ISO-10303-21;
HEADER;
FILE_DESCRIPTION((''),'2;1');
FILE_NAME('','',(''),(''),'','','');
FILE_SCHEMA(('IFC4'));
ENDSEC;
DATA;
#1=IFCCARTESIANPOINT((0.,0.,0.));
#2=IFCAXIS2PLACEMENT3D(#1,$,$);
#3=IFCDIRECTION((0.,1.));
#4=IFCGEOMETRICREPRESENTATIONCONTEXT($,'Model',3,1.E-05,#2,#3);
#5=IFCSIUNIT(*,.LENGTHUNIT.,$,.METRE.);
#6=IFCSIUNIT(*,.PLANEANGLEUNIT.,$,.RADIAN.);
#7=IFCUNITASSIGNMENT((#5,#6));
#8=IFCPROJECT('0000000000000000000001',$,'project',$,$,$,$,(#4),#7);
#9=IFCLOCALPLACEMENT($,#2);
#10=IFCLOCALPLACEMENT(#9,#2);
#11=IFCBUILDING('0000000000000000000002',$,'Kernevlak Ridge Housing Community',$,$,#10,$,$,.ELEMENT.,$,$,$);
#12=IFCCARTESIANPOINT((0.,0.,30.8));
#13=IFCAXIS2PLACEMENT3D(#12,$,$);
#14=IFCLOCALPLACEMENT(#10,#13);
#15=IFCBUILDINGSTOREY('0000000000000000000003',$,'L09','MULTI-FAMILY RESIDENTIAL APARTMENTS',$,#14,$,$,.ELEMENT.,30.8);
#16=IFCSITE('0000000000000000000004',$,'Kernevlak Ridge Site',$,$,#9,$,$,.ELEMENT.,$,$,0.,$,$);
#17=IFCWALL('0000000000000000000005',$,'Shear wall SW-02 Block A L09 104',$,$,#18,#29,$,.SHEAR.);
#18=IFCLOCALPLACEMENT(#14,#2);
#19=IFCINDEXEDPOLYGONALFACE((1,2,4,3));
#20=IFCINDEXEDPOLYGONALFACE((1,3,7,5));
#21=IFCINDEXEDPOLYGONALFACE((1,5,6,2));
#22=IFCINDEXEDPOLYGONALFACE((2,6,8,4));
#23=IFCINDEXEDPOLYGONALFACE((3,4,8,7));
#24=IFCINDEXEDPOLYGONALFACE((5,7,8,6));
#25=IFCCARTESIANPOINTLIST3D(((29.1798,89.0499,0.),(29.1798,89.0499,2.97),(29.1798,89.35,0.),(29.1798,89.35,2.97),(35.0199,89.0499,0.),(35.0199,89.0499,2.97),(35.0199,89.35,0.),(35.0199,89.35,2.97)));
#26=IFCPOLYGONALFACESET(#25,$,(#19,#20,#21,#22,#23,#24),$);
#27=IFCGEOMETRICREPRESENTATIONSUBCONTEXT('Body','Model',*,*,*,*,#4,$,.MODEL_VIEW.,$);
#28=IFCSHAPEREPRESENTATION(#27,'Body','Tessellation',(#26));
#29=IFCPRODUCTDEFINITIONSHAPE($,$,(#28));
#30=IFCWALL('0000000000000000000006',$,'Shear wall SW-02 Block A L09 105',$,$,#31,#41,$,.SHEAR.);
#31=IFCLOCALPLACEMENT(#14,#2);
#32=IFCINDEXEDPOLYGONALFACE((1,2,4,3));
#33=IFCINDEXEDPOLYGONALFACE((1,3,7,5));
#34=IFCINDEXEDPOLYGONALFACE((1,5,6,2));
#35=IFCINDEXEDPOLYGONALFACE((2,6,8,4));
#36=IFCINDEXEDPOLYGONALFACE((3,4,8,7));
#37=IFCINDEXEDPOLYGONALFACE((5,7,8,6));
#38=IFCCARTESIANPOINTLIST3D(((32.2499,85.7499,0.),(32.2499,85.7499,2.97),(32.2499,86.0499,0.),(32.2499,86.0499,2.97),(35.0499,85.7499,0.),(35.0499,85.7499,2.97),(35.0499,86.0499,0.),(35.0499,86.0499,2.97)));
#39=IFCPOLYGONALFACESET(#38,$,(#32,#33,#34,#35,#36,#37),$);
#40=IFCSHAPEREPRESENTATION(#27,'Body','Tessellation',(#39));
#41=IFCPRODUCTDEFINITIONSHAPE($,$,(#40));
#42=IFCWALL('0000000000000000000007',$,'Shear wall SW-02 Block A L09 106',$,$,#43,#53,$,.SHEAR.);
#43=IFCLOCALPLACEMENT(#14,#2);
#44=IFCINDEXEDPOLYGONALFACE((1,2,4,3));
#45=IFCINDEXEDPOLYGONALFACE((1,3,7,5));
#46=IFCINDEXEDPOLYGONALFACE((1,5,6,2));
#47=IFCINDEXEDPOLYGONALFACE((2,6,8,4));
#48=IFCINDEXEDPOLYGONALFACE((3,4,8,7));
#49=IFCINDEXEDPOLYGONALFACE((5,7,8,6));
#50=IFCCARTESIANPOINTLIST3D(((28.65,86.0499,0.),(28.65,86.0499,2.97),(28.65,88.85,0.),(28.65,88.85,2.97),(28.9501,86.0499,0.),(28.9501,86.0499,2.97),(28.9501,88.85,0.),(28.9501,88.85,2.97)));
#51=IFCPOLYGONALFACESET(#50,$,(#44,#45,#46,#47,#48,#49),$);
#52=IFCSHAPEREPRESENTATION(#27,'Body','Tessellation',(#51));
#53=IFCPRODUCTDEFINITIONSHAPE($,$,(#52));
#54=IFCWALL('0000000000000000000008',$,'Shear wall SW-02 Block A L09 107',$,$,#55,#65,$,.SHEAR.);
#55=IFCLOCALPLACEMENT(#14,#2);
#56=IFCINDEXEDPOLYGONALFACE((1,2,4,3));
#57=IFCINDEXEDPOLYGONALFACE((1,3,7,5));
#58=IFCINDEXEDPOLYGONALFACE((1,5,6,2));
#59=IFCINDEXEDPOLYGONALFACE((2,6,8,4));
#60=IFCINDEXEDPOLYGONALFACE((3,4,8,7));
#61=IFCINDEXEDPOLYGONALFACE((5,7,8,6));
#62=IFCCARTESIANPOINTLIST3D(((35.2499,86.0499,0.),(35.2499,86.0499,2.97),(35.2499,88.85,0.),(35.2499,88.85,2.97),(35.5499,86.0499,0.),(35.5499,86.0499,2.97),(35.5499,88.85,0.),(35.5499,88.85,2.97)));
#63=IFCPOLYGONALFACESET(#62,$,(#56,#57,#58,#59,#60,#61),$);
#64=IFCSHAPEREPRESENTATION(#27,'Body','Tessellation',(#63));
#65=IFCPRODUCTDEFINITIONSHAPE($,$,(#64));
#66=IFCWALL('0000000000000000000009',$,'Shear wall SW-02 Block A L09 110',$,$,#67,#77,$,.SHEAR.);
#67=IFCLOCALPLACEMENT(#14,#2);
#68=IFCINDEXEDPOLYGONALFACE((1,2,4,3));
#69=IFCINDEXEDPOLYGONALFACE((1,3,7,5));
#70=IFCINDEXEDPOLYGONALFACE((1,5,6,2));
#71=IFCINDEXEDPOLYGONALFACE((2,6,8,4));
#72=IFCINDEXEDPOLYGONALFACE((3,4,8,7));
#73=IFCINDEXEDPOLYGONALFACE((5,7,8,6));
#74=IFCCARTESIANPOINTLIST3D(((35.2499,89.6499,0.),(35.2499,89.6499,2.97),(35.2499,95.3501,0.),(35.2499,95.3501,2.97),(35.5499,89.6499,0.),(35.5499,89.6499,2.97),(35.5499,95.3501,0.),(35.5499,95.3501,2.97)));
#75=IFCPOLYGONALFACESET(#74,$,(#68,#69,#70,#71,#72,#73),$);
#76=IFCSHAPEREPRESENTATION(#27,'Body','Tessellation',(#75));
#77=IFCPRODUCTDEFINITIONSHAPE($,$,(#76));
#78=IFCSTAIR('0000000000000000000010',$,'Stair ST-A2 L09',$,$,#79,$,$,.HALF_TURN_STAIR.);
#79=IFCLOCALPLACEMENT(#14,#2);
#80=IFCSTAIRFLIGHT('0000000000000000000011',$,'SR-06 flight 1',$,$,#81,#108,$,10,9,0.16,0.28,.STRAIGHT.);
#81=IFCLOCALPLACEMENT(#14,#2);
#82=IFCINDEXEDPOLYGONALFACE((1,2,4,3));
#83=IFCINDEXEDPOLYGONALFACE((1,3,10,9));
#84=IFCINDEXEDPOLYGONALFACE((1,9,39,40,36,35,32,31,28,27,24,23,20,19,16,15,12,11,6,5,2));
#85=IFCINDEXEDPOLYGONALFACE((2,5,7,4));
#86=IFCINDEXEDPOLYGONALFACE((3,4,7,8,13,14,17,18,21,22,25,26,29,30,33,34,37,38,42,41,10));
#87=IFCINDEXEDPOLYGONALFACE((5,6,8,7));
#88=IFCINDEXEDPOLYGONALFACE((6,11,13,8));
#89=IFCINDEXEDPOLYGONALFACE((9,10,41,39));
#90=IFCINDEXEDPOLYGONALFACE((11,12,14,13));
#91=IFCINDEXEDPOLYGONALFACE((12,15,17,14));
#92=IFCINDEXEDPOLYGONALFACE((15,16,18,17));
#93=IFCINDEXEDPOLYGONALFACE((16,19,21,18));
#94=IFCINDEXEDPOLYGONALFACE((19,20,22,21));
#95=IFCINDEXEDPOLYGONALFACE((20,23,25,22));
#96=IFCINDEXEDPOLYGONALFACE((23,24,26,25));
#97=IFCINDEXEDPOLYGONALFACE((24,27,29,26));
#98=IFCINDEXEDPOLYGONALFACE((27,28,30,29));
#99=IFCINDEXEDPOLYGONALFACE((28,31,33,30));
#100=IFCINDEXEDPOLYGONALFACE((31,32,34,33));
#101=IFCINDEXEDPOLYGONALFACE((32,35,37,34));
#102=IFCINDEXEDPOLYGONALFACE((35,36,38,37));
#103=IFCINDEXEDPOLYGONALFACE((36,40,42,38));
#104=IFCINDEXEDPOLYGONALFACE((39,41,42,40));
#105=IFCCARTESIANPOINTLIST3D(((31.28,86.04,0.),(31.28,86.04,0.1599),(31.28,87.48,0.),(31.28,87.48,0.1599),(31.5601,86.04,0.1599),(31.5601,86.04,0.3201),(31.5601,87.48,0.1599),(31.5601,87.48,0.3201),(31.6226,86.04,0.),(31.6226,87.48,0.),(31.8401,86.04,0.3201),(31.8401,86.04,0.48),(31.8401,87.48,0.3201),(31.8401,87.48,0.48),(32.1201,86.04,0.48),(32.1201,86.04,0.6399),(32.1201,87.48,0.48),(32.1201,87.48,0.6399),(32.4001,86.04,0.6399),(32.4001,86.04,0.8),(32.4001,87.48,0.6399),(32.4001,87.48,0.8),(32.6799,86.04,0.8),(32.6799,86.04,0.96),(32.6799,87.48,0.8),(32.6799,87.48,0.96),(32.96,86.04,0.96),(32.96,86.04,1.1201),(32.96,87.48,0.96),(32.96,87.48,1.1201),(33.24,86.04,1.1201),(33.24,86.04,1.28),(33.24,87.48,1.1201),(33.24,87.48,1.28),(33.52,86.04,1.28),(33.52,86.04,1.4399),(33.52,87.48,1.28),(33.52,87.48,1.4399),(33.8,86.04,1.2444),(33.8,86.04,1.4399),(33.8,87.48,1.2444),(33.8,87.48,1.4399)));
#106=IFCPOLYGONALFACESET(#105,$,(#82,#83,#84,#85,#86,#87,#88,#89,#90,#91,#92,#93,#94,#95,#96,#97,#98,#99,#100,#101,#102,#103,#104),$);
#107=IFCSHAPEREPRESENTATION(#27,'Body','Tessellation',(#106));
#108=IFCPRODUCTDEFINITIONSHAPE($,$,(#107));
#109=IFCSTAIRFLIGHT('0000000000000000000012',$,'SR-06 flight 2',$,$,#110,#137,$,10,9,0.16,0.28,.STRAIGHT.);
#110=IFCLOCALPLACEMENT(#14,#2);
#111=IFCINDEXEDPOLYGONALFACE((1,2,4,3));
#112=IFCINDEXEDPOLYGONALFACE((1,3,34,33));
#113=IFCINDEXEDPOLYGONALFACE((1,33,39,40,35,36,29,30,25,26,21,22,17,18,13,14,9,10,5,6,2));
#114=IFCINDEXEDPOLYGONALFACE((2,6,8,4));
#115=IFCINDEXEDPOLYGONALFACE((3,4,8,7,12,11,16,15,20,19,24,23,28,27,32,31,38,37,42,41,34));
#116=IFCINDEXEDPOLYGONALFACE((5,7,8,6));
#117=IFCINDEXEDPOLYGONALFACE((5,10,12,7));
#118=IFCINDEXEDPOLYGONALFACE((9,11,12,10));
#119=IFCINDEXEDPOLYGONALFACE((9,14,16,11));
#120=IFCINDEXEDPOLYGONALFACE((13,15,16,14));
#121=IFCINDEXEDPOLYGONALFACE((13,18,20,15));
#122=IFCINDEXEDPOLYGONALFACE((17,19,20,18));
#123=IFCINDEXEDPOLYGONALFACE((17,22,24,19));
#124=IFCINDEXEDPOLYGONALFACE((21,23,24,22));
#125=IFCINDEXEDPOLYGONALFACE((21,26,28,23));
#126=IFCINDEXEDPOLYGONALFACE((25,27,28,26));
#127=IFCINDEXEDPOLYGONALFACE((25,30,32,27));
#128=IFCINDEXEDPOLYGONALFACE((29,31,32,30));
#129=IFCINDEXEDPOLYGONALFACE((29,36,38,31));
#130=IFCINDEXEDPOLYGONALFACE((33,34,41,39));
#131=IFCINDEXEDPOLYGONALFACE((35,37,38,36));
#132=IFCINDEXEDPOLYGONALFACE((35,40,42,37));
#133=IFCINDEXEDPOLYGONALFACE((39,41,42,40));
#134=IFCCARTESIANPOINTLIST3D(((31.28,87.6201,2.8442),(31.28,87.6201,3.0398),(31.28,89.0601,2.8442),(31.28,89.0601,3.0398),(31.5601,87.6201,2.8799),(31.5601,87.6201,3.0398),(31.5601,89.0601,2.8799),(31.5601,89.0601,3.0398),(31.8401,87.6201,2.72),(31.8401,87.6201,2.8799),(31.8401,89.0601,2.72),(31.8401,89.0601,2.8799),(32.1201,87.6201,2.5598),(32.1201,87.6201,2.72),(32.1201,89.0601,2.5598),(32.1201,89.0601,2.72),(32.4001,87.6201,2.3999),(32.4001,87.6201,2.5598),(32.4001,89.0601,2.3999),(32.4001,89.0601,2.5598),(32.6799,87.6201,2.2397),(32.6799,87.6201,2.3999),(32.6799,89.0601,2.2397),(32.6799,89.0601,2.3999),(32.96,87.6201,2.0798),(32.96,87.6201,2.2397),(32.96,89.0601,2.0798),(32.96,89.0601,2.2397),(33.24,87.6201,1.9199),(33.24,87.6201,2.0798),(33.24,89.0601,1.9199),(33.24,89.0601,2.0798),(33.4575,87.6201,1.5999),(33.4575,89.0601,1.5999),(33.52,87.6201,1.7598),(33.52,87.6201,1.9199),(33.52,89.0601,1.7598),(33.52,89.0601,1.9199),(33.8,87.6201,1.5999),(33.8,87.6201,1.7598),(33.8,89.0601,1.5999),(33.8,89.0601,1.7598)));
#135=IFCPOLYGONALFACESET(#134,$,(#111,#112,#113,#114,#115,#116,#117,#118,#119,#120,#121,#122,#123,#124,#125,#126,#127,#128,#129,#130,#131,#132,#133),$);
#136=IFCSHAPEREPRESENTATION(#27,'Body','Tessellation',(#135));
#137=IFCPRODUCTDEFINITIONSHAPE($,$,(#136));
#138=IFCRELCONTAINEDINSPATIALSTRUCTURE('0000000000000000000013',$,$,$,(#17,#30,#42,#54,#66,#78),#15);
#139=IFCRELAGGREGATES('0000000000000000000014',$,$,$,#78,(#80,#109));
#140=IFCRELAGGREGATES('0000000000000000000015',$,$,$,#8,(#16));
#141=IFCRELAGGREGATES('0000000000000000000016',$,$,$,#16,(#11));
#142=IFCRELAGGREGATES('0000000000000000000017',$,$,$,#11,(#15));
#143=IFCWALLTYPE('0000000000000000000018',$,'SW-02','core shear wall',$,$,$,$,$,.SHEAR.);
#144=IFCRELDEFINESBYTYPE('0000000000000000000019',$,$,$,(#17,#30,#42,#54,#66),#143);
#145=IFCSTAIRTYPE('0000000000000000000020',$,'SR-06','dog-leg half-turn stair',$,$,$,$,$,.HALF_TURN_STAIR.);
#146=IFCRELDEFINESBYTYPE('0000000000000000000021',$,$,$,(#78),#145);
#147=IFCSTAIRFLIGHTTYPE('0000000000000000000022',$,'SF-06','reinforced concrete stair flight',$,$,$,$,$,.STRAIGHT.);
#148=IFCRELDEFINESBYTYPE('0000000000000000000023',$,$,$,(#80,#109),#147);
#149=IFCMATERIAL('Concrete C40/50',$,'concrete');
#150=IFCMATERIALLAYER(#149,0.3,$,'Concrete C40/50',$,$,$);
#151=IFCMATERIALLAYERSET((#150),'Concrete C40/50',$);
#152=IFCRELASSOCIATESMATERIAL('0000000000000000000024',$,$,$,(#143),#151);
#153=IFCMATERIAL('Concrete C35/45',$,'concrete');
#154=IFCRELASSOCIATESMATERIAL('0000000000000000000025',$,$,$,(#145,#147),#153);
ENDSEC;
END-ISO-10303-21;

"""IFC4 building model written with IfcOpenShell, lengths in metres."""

from ifc_helpers import new_model, si_unit, direction, frame, frame_2d, origin, place, context, subcontext, project, spatial, polyline, rectangle, outline, extrude, material, layer, layer_set, type_object, element, aggregate, save


model = new_model("IFC4")

# Units and contexts
model_context = context("Model", 3, precision=1e-05, world=origin(), true_north=direction((0.0, 1.0)))
body_context = subcontext(model_context, "Body", "Model", "MODEL_VIEW")
ifc_project = project(units=[si_unit("LENGTHUNIT", "METRE"), si_unit("PLANEANGLEUNIT", "RADIAN")], contexts=[model_context])

# Site, building, storey
site_placement = place(None, origin())
site = spatial("IfcSite", under=ifc_project, at=site_placement, Name="Kernevlak Ridge Site", CompositionType="ELEMENT", RefElevation=0.0)
building_placement = place(site_placement, origin())
building = spatial("IfcBuilding", under=site, at=building_placement, Name="Kernevlak Ridge Housing Community", CompositionType="ELEMENT")
storey_placement = place(building_placement, frame((0.0, 0.0, 30.8)))
storey = spatial("IfcBuildingStorey", under=building, at=storey_placement, Name="L09", Description="MULTI-FAMILY RESIDENTIAL APARTMENTS", CompositionType="ELEMENT", Elevation=30.8)

# Shared definitions
ifc_material_1 = material(Name="Concrete C40/50", Category="concrete")

# Shared definitions
ifc_material_2 = material(Name="Concrete C35/45", Category="concrete")

# Walls
ifc_layer_1 = layer(ifc_material_1, 0.3, Name="Concrete C40/50")
ifc_layer_set_1 = layer_set([ifc_layer_1], Name="Concrete C40/50")
wall_type_1 = type_object("IfcWallType", Name="SW-02", Description="core shear wall", PredefinedType="SHEAR", material=ifc_layer_set_1)
wall_1_placement = place(storey_placement, frame((29.1799, 89.2, 0.0), z_axis=(0.0, 0.0, 1.0), x_axis=(1.0, 0.0, 0.0)))
element("IfcWall", 1, at=wall_1_placement, inside=storey, type_object=wall_type_1, Name="Shear wall SW-02 Block A L09 104", PredefinedType="SHEAR", context=body_context, shape_type="SweptSolid", body=[
    extrude(rectangle(XDim=5.8401, YDim=0.3, at=frame_2d((2.9199, 0.0))), origin(), (0.0, 0.0, 1.0), 2.97),
])
for number, where, z_axis, x_axis, name in (
    (2, (32.25, 85.8999, 0.0), (0.0, 0.0, 1.0), (1.0, 0.0, 0.0), "Shear wall SW-02 Block A L09 105"),
    (3, (28.8, 86.05, 0.0), (0.0, 0.0, 1.0), (0.0, 1.0, 0.0), "Shear wall SW-02 Block A L09 106"),
    (4, (35.3999, 86.05, 0.0), (0.0, 0.0, 1.0), (0.0, 1.0, 0.0), "Shear wall SW-02 Block A L09 107"),
):
    element("IfcWall", number, at=place(storey_placement, frame(where, z_axis=z_axis, x_axis=x_axis)), inside=storey, type_object=wall_type_1, Name=name, PredefinedType="SHEAR", context=body_context, shape_type="SweptSolid", body=[
        extrude(rectangle(XDim=2.8, YDim=0.3, at=frame_2d((1.3999, 0.0))), origin(), (0.0, 0.0, 1.0), 2.97),
    ])
wall_2_placement = place(storey_placement, frame((35.3999, 89.6499, 0.0), z_axis=(0.0, 0.0, 1.0), x_axis=(0.0, 1.0, 0.0)))
element("IfcWall", 5, at=wall_2_placement, inside=storey, type_object=wall_type_1, Name="Shear wall SW-02 Block A L09 110", PredefinedType="SHEAR", context=body_context, shape_type="SweptSolid", body=[
    extrude(rectangle(XDim=5.7002, YDim=0.3, at=frame_2d((2.8501, 0.0))), origin(), (0.0, 0.0, 1.0), 2.97),
])

# Stair, stair flights
stair_type = type_object("IfcStairType", Name="SR-06", Description="dog-leg half-turn stair", PredefinedType="HALF_TURN_STAIR", material=ifc_material_2)
stair_placement = place(storey_placement, origin())
stair = element("IfcStair", 6, at=stair_placement, inside=storey, type_object=stair_type, Name="Stair ST-A2 L09", PredefinedType="HALF_TURN_STAIR")
stair_flight_type = type_object("IfcStairFlightType", Name="SF-06", Description="reinforced concrete stair flight", PredefinedType="STRAIGHT", material=ifc_material_2)
stair_flight_1_placement = place(storey_placement, frame((31.28, 86.76, 0.0), z_axis=(0.0, 0.0, 1.0), x_axis=(1.0, 0.0, 0.0)))
stair_flight_1 = element("IfcStairFlight", 7, at=stair_flight_1_placement, type_object=stair_flight_type, Name="SR-06 flight 1", NumberOfRisers=10, NumberOfTreads=9, PredefinedType="STRAIGHT", RiserHeight=0.16, TreadLength=0.28, context=body_context, shape_type="SweptSolid", body=[
    extrude(outline(polyline([(0.0, 0.0), (0.0, 0.1599), (0.28, 0.1599), (0.28, 0.3201), (0.5601, 0.3201), (0.5601, 0.48), (0.8401, 0.48), (0.8401, 0.6399), (1.1201, 0.6399), (1.1201, 0.8), (1.3999, 0.8), (1.3999, 0.96), (1.6799, 0.96), (1.6799, 1.1201), (1.96, 1.1201), (1.96, 1.28), (2.24, 1.28), (2.24, 1.4399), (2.52, 1.4399), (2.52, 1.6001), (2.52, 1.2444), (0.3425, 0.0), (0.0, 0.0)])), frame((0.0, 0.72, 0.0), z_axis=(0.0, -1.0, 0.0), x_axis=(1.0, 0.0, 0.0)), (0.0, 0.0, 1.0), 1.4399),
])
stair_flight_2_placement = place(storey_placement, frame((33.8, 88.3401, 1.5999), z_axis=(0.0, 0.0, 1.0), x_axis=(-1.0, 0.0, 0.0)))
stair_flight_2 = element("IfcStairFlight", 8, at=stair_flight_2_placement, type_object=stair_flight_type, Name="SR-06 flight 2", NumberOfRisers=10, NumberOfTreads=9, PredefinedType="STRAIGHT", RiserHeight=0.16, TreadLength=0.28, context=body_context, shape_type="SweptSolid", body=[
    extrude(outline(polyline([(0.0, 0.0), (0.0, 0.1599), (0.28, 0.1599), (0.28, 0.3201), (0.5601, 0.3201), (0.5601, 0.48), (0.8401, 0.48), (0.8401, 0.6399), (1.1201, 0.6399), (1.1201, 0.8), (1.3999, 0.8), (1.3999, 0.96), (1.6799, 0.96), (1.6799, 1.1201), (1.96, 1.1201), (1.96, 1.28), (2.24, 1.28), (2.24, 1.4399), (2.52, 1.4399), (2.52, 1.6001), (2.52, 1.2444), (0.3425, 0.0), (0.0, 0.0)])), frame((0.0, 0.72, 0.0), z_axis=(0.0, -1.0, 0.0), x_axis=(1.0, 0.0, 0.0)), (0.0, 0.0, 1.0), 1.4399),
])
aggregate(stair, [stair_flight_1, stair_flight_2])

save(model, "model.ifc")
